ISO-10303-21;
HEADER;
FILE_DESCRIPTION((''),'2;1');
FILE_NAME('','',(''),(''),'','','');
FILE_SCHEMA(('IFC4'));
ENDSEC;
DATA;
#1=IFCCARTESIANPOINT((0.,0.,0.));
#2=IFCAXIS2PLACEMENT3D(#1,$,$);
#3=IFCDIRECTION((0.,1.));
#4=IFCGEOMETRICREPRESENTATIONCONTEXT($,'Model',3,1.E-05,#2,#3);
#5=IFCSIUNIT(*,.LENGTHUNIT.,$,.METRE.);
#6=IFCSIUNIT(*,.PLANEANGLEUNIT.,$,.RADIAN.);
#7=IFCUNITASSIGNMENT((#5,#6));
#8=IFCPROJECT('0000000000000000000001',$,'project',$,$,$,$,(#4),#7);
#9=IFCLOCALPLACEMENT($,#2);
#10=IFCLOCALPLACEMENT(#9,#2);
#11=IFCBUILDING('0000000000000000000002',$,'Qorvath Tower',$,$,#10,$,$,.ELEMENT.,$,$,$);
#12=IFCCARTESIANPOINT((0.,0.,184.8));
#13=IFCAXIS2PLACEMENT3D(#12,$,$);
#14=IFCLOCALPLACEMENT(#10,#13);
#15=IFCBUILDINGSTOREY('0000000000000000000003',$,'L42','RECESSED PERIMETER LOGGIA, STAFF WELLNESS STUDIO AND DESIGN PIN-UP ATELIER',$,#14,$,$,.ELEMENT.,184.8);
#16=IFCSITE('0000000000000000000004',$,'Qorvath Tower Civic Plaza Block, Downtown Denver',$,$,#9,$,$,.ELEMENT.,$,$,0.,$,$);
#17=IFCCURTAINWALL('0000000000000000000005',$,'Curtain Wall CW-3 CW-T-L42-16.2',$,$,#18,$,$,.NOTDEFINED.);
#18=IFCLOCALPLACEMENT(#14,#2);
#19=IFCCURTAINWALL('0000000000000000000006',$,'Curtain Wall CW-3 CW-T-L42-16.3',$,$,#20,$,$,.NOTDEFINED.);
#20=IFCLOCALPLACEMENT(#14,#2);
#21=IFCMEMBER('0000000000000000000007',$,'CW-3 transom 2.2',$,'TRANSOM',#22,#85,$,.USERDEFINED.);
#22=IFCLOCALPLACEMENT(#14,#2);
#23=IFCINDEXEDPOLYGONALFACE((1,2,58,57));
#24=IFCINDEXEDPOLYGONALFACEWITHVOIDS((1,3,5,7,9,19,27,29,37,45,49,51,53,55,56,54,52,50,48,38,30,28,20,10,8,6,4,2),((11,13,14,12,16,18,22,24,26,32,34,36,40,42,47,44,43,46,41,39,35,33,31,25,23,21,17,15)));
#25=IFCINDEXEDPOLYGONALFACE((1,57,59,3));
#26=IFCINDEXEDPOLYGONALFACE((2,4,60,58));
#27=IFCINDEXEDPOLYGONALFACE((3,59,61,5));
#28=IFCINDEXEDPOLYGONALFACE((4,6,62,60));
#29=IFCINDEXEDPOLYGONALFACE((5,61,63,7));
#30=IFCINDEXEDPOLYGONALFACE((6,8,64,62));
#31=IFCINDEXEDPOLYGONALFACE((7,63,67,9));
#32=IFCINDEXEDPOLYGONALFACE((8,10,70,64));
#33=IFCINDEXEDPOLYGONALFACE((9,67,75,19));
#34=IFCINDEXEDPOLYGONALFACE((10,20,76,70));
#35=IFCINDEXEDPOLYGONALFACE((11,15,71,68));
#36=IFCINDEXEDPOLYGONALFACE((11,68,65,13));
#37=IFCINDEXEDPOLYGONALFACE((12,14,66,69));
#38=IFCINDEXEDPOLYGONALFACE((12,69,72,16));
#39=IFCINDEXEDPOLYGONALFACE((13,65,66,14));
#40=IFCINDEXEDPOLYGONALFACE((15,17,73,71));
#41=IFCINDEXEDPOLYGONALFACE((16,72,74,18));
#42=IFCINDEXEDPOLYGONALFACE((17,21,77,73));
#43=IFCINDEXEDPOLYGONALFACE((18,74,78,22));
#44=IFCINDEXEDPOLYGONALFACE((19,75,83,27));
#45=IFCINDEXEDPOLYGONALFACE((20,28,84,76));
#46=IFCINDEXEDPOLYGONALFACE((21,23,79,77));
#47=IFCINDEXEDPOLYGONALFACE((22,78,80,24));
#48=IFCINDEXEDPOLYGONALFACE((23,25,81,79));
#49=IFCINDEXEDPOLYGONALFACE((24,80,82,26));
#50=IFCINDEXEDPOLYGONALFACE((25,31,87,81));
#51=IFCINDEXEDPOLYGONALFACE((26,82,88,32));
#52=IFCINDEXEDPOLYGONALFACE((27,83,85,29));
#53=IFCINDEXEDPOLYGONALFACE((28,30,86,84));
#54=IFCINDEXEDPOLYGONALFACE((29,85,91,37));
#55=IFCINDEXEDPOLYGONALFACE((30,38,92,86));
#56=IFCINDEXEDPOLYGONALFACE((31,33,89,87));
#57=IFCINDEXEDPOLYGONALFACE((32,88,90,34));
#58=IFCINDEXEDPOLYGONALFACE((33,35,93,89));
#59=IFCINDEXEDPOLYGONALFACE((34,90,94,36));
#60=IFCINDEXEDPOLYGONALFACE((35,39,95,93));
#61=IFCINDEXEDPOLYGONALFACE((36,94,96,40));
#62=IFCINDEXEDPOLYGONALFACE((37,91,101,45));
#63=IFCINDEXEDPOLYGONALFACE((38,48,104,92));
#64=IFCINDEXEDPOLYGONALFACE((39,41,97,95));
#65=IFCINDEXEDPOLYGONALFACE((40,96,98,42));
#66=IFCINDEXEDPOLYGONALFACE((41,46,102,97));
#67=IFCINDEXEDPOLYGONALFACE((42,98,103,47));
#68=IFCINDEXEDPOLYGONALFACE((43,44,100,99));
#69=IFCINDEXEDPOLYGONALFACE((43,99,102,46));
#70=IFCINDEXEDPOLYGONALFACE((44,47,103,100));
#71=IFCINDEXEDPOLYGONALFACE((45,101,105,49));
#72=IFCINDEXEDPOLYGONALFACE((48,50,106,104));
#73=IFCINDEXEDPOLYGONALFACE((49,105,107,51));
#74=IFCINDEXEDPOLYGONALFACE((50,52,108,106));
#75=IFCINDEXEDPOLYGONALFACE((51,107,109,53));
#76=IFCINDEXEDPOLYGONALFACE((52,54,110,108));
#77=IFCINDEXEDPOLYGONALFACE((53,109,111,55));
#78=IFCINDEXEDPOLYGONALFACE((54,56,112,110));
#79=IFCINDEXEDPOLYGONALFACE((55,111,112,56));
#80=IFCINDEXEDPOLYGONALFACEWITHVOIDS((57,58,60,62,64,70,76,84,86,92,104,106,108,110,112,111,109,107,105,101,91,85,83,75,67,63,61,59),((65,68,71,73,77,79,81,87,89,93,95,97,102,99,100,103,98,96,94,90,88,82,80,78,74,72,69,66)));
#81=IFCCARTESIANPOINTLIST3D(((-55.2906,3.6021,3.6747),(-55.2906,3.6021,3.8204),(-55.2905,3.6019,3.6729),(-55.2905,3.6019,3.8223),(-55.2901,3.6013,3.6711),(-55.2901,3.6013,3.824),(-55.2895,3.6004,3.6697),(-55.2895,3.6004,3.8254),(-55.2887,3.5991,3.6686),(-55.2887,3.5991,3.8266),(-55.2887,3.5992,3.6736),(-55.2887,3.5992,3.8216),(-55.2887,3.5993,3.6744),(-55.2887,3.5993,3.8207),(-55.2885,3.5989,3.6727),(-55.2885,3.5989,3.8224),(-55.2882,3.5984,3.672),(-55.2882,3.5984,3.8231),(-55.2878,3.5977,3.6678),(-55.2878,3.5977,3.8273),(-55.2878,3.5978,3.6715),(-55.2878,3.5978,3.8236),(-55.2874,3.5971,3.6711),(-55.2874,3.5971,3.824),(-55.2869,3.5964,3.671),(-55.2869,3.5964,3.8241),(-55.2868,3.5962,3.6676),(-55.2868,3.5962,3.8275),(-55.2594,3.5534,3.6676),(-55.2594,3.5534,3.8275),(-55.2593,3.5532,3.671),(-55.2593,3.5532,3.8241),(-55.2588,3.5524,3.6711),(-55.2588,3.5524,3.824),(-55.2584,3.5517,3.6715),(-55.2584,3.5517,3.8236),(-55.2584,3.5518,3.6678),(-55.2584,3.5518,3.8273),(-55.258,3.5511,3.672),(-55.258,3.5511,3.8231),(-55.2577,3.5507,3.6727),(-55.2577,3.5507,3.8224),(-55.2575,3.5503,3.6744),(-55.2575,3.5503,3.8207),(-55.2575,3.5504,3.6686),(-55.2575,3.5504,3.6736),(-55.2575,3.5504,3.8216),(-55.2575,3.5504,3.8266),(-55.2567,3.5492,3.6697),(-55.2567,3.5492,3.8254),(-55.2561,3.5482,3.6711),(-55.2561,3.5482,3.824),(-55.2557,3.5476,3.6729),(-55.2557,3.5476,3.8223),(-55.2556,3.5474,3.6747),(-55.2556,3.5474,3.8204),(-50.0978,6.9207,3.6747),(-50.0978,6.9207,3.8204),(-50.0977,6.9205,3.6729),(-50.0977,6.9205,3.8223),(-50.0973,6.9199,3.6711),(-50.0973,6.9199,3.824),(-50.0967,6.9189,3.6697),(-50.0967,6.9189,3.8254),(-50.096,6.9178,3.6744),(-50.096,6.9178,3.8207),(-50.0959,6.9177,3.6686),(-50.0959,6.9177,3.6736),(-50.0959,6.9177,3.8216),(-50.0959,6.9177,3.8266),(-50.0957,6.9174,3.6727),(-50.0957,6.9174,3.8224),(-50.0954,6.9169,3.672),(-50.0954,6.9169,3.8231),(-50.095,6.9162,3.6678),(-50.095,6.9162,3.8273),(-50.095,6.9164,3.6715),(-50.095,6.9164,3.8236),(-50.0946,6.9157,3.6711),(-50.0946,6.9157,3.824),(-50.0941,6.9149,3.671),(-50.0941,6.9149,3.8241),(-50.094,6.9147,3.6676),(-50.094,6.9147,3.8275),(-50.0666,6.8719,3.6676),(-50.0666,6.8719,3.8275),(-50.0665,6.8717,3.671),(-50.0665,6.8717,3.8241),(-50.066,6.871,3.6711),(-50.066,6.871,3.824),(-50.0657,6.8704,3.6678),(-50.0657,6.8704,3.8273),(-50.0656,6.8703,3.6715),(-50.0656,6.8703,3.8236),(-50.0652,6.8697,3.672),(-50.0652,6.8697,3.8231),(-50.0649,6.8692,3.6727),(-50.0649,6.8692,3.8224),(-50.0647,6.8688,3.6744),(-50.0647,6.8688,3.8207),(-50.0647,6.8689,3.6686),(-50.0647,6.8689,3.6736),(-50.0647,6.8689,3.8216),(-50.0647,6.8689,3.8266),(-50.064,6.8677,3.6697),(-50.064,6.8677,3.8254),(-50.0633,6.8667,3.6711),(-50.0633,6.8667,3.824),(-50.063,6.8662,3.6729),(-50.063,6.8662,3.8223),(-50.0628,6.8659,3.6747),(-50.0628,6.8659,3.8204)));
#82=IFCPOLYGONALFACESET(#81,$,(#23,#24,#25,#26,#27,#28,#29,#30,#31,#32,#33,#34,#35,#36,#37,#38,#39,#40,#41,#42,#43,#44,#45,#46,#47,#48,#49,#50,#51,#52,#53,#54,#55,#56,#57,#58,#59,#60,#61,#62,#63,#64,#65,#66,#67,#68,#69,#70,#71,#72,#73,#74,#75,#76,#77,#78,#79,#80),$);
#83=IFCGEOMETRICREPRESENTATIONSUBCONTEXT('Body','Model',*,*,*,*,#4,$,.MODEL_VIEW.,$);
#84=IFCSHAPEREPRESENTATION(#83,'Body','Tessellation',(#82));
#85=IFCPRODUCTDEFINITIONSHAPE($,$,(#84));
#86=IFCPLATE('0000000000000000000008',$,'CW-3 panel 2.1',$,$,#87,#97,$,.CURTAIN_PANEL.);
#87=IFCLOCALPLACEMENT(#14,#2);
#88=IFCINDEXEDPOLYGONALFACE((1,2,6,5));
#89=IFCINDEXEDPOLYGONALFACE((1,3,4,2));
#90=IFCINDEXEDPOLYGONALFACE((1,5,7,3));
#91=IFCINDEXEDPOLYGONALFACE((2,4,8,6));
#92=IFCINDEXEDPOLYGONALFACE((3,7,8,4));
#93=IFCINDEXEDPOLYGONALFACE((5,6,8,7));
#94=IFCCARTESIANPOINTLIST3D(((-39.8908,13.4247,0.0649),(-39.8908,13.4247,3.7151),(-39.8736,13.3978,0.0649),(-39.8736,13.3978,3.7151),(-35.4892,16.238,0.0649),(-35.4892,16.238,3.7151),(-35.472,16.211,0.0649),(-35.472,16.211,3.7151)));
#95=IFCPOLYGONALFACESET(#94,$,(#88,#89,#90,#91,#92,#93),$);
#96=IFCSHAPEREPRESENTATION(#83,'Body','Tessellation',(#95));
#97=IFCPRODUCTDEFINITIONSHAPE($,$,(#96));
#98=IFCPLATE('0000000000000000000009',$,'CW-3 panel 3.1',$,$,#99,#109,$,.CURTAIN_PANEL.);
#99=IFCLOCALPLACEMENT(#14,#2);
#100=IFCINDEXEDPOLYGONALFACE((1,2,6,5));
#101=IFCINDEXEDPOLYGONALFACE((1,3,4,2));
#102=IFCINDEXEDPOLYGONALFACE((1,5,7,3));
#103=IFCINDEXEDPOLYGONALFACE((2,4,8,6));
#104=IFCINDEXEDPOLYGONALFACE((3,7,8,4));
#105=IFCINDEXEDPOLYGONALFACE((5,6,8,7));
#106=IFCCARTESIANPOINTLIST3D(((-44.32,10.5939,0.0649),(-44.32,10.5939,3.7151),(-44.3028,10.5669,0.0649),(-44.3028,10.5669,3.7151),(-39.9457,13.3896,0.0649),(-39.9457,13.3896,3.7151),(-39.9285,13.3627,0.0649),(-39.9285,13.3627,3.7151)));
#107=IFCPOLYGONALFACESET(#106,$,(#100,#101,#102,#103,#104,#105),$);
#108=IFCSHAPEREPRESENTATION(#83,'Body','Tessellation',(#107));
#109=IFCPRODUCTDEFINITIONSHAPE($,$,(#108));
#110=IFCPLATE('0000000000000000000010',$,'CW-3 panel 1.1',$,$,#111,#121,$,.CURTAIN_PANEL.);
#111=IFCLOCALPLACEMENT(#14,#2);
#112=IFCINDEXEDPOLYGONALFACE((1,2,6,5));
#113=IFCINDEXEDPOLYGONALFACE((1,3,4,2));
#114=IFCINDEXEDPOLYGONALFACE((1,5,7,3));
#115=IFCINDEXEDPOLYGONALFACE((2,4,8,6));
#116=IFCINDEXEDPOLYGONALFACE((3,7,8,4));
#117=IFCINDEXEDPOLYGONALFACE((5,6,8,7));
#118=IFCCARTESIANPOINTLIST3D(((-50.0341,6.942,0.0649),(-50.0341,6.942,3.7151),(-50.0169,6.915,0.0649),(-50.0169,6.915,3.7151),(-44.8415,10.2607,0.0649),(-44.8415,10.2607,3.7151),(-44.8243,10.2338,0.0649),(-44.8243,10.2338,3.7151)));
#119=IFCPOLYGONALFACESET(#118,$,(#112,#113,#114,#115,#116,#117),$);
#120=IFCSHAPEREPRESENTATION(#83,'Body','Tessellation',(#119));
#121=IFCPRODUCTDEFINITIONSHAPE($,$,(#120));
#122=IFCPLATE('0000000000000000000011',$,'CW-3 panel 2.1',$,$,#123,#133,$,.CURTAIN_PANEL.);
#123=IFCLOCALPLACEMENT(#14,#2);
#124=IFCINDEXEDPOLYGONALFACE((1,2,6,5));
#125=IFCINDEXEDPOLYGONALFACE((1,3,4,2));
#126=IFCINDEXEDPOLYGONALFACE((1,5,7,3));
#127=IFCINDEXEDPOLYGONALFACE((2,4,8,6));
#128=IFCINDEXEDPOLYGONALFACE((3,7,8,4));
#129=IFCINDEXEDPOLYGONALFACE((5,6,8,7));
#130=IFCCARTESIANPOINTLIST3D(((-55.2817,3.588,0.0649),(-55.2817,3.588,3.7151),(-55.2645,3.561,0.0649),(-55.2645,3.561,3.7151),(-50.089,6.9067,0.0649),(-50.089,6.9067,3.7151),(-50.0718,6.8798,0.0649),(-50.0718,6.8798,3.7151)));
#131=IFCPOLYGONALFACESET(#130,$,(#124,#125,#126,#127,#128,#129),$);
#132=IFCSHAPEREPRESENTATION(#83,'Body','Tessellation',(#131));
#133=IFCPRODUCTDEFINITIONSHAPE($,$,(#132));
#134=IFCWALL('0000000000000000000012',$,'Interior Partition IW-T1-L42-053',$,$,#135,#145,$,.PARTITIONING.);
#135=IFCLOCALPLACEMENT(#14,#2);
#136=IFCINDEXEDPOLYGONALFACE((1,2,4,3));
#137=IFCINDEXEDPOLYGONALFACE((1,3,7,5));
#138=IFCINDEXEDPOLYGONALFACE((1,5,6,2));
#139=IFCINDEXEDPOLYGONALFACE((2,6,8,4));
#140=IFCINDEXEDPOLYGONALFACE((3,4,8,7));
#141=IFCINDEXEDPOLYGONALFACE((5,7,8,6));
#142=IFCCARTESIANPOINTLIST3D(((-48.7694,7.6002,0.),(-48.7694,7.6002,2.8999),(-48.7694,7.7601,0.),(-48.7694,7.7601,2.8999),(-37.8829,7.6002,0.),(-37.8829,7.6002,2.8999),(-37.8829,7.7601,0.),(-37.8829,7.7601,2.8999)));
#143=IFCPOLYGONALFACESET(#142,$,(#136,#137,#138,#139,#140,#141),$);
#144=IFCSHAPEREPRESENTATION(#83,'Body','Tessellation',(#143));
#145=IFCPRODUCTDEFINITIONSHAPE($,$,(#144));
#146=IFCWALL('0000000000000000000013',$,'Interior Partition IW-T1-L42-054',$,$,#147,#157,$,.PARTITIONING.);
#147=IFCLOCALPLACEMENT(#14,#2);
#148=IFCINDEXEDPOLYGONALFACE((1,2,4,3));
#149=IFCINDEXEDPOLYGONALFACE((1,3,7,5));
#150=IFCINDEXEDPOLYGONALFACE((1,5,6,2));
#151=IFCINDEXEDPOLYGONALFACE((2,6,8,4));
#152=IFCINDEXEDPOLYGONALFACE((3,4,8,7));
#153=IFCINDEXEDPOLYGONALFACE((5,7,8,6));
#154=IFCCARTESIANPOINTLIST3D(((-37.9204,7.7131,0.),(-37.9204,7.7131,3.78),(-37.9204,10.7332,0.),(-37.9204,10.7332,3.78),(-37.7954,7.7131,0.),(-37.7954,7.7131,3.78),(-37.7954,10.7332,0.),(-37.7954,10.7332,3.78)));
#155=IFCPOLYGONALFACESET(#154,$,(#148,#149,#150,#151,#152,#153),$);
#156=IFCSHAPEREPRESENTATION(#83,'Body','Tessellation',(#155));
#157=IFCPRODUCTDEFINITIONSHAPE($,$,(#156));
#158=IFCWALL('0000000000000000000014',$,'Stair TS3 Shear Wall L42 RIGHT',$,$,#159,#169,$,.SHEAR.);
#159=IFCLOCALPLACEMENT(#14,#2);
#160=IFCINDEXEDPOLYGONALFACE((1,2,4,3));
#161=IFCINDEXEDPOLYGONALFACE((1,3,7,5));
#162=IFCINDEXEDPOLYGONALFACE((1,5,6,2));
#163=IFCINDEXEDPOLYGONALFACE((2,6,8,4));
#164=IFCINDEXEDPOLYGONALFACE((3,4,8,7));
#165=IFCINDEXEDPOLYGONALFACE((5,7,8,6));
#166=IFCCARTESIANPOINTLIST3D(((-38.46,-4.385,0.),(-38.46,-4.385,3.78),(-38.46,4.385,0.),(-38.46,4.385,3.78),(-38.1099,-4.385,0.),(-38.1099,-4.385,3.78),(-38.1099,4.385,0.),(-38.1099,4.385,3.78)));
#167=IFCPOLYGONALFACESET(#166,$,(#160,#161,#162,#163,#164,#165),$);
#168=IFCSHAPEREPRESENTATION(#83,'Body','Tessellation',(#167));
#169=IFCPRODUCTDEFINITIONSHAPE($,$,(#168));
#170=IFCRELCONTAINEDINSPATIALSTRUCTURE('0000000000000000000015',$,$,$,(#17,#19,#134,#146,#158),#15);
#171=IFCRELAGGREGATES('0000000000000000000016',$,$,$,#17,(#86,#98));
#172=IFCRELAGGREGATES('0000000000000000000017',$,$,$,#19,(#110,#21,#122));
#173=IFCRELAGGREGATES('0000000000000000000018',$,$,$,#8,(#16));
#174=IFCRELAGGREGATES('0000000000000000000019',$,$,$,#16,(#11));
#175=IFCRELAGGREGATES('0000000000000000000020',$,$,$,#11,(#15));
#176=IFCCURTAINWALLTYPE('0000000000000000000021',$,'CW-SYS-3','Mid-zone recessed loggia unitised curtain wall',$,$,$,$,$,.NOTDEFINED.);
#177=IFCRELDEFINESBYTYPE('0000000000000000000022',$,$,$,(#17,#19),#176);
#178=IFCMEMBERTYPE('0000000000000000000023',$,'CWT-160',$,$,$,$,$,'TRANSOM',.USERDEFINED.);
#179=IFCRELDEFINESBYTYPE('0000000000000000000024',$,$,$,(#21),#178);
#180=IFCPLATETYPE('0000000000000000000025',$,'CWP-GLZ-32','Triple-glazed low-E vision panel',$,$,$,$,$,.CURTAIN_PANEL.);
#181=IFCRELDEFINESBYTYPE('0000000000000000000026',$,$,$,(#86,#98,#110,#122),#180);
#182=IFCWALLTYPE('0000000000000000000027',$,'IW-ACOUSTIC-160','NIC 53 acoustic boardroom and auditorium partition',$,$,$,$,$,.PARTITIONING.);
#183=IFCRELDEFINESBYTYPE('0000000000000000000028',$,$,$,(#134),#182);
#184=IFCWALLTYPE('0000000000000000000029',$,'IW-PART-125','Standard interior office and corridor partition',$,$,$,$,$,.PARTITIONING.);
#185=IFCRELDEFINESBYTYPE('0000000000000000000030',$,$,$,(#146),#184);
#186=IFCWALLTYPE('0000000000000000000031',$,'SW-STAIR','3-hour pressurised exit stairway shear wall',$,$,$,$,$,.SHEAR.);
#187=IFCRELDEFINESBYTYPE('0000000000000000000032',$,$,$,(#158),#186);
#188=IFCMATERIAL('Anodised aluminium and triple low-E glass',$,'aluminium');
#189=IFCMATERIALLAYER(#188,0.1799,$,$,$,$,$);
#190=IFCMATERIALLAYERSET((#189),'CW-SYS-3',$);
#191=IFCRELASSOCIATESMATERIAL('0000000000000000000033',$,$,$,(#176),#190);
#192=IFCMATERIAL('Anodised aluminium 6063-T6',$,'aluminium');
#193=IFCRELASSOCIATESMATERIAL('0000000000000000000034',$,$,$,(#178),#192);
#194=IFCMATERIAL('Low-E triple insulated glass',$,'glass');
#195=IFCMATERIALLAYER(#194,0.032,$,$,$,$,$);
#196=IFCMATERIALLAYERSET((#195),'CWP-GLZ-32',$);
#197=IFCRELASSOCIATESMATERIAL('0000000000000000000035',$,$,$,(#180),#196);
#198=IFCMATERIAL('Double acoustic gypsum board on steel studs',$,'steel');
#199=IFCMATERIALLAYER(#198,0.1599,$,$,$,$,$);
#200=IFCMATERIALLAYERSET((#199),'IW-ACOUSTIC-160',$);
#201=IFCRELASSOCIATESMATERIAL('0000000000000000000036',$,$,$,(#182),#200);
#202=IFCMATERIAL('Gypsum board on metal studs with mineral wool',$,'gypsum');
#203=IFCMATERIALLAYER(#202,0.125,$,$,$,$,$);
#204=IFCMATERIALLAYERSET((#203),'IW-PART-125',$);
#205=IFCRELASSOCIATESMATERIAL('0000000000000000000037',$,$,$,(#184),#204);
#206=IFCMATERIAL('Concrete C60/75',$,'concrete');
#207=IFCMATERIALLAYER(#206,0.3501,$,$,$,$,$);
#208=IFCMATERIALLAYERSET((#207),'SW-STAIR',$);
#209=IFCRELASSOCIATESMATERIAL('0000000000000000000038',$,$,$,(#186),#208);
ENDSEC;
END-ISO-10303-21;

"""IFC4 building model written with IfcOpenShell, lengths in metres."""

from ifc_helpers import new_model, si_unit, direction, frame, frame_2d, origin, origin_2d, place, context, subcontext, project, spatial, rectangle, hollow_rectangle, extrude, material, layer, layer_set, material_profile, profile_set, type_object, element, aggregate, save


model = new_model("IFC4")

# Units and contexts
model_context = context("Model", 3, precision=1e-05, world=origin(), true_north=direction((0.0, 1.0)))
body_context = subcontext(model_context, "Body", "Model", "MODEL_VIEW")
ifc_project = project(units=[si_unit("LENGTHUNIT", "METRE"), si_unit("PLANEANGLEUNIT", "RADIAN")], contexts=[model_context])

# Site, building, storey
site_placement = place(None, origin())
site = spatial("IfcSite", under=ifc_project, at=site_placement, Name="Qorvath Tower Civic Plaza Block, Downtown Denver", CompositionType="ELEMENT", RefElevation=0.0)
building_placement = place(site_placement, origin())
building = spatial("IfcBuilding", under=site, at=building_placement, Name="Qorvath Tower", CompositionType="ELEMENT")
storey_placement = place(building_placement, frame((0.0, 0.0, 184.8)))
storey = spatial("IfcBuildingStorey", under=building, at=storey_placement, Name="L42", Description="RECESSED PERIMETER LOGGIA, STAFF WELLNESS STUDIO AND DESIGN PIN-UP ATELIER", CompositionType="ELEMENT", Elevation=184.8)

# Curtain walls
ifc_material_1 = material(Name="Anodised aluminium and triple low-E glass", Category="aluminium")
ifc_layer_1 = layer(ifc_material_1, 0.1799)
ifc_layer_set_1 = layer_set([ifc_layer_1], Name="CW-SYS-3")
curtain_wall_type = type_object("IfcCurtainWallType", Name="CW-SYS-3", Description="Mid-zone recessed loggia unitised curtain wall", PredefinedType="NOTDEFINED", material=ifc_layer_set_1)
curtain_wall_1_placement = place(storey_placement, origin())
curtain_wall_1 = element("IfcCurtainWall", 1, at=curtain_wall_1_placement, inside=storey, type_object=curtain_wall_type, Name="Curtain Wall CW-3 CW-T-L42-16.2", PredefinedType="NOTDEFINED")
curtain_wall_2_placement = place(storey_placement, origin())
curtain_wall_2 = element("IfcCurtainWall", 2, at=curtain_wall_2_placement, inside=storey, type_object=curtain_wall_type, Name="Curtain Wall CW-3 CW-T-L42-16.3", PredefinedType="NOTDEFINED")

# Member
ifc_material_2 = material(Name="Anodised aluminium 6063-T6", Category="aluminium")
ifc_material_profile_1 = material_profile(ifc_material_2, hollow_rectangle(XDim=0.0649, YDim=0.1599, WallThickness=0.0034, InnerFilletRadius=0.0034, OuterFilletRadius=0.0071, at=origin_2d()), Name="CWT 160x65")
ifc_profile_set_1 = profile_set([ifc_material_profile_1], Name="Anodised aluminium 6063-T6")
member_type_1 = type_object("IfcMemberType", Name="CWT-160", ElementType="TRANSOM", PredefinedType="USERDEFINED", material=ifc_profile_set_1)
member_1_placement = place(storey_placement, frame((-50.0803, 6.8933, 3.7476), z_axis=(-0.842627, -0.538497, 0.0), x_axis=(0.538497, -0.842627, 0.0)))
member_1 = element("IfcMember", 3, at=member_1_placement, type_object=member_type_1, Name="CW-3 transom 2.2", ObjectType="TRANSOM", PredefinedType="USERDEFINED", context=body_context, shape_type="SweptSolid", body=[
    extrude(hollow_rectangle(XDim=0.0649, YDim=0.1599, WallThickness=0.0034, InnerFilletRadius=0.0034, OuterFilletRadius=0.0071, at=origin_2d()), origin(), (0.0, 0.0, 1.0), 6.1626),
])

# Plates
ifc_material_3 = material(Name="Low-E triple insulated glass", Category="glass")
ifc_layer_2 = layer(ifc_material_3, 0.032)
ifc_layer_set_2 = layer_set([ifc_layer_2], Name="CWP-GLZ-32")
plate_type = type_object("IfcPlateType", Name="CWP-GLZ-32", Description="Triple-glazed low-E vision panel", PredefinedType="CURTAIN_PANEL", material=ifc_layer_set_2)
plate_1_placement = place(storey_placement, frame((-37.6814, 14.8179, 0.0649), z_axis=(0.0, 0.0, 1.0), x_axis=(-0.842604, -0.538533, 0.0)))
plate_1 = element("IfcPlate", 4, at=plate_1_placement, type_object=plate_type, Name="CW-3 panel 2.1", PredefinedType="CURTAIN_PANEL", context=body_context, shape_type="SweptSolid", body=[
    extrude(rectangle(XDim=5.2239, YDim=0.032, at=origin_2d()), origin(), (0.0, 0.0, 1.0), 3.6501),
])
plate_2_placement = place(storey_placement, frame((-42.1243, 11.9783, 0.0649), z_axis=(0.0, 0.0, 1.0), x_axis=(-0.842604, -0.538533, 0.0)))
plate_2 = element("IfcPlate", 5, at=plate_2_placement, type_object=plate_type, Name="CW-3 panel 3.1", PredefinedType="CURTAIN_PANEL", context=body_context, shape_type="SweptSolid", body=[
    extrude(rectangle(XDim=5.1914, YDim=0.032, at=origin_2d()), origin(), (0.0, 0.0, 1.0), 3.6501),
])
aggregate(curtain_wall_1, [plate_1, plate_2])
plate_3_placement = place(storey_placement, frame((-47.4292, 8.5879, 0.0649), z_axis=(0.0, 0.0, 1.0), x_axis=(-0.842607, -0.538528, 0.0)))
plate_3 = element("IfcPlate", 6, at=plate_3_placement, type_object=plate_type, Name="CW-3 panel 1.1", PredefinedType="CURTAIN_PANEL", context=body_context, shape_type="SweptSolid", body=[
    extrude(rectangle(XDim=6.1626, YDim=0.032, at=origin_2d()), origin(), (0.0, 0.0, 1.0), 3.6501),
])
plate_4_placement = place(storey_placement, frame((-52.6768, 5.2339, 0.0649), z_axis=(0.0, 0.0, 1.0), x_axis=(-0.842607, -0.538528, 0.0)))
plate_4 = element("IfcPlate", 7, at=plate_4_placement, type_object=plate_type, Name="CW-3 panel 2.1", PredefinedType="CURTAIN_PANEL", context=body_context, shape_type="SweptSolid", body=[
    extrude(rectangle(XDim=6.1626, YDim=0.032, at=origin_2d()), origin(), (0.0, 0.0, 1.0), 3.6501),
])
aggregate(curtain_wall_2, [plate_3, member_1, plate_4])

# Shared definitions
ifc_material_4 = material(Name="Double acoustic gypsum board on steel studs", Category="steel")
ifc_layer_3 = layer(ifc_material_4, 0.1599)
ifc_layer_set_3 = layer_set([ifc_layer_3], Name="IW-ACOUSTIC-160")
wall_type_1 = type_object("IfcWallType", Name="IW-ACOUSTIC-160", Description="NIC 53 acoustic boardroom and auditorium partition", PredefinedType="PARTITIONING", material=ifc_layer_set_3)

# Walls
wall_1_placement = place(storey_placement, frame((-37.8828, 7.6802, 0.0), z_axis=(0.0, 0.0, 1.0), x_axis=(-1.0, 0.0, 0.0)))
element("IfcWall", 8, at=wall_1_placement, inside=storey, type_object=wall_type_1, Name="Interior Partition IW-T1-L42-053", PredefinedType="PARTITIONING", context=body_context, shape_type="SweptSolid", body=[
    extrude(rectangle(XDim=10.8865, YDim=0.1599, at=frame_2d((5.4434, 0.0))), origin(), (0.0, 0.0, 1.0), 2.8999),
])
ifc_material_5 = material(Name="Gypsum board on metal studs with mineral wool", Category="gypsum")
ifc_layer_4 = layer(ifc_material_5, 0.125)
ifc_layer_set_4 = layer_set([ifc_layer_4], Name="IW-PART-125")
wall_type_2 = type_object("IfcWallType", Name="IW-PART-125", Description="Standard interior office and corridor partition", PredefinedType="PARTITIONING", material=ifc_layer_set_4)
wall_2_placement = place(storey_placement, frame((-37.8579, 7.7131, 0.0), z_axis=(0.0, 0.0, 1.0), x_axis=(0.0, 1.0, 0.0)))
element("IfcWall", 9, at=wall_2_placement, inside=storey, type_object=wall_type_2, Name="Interior Partition IW-T1-L42-054", PredefinedType="PARTITIONING", context=body_context, shape_type="SweptSolid", body=[
    extrude(rectangle(XDim=3.02, YDim=0.125, at=frame_2d((1.51, 0.0))), origin(), (0.0, 0.0, 1.0), 3.78),
])

# Wall
ifc_material_6 = material(Name="Concrete C60/75", Category="concrete")
ifc_layer_5 = layer(ifc_material_6, 0.3501)
ifc_layer_set_5 = layer_set([ifc_layer_5], Name="SW-STAIR")
wall_type_3 = type_object("IfcWallType", Name="SW-STAIR", Description="3-hour pressurised exit stairway shear wall", PredefinedType="SHEAR", material=ifc_layer_set_5)
wall_3_placement = place(storey_placement, frame((-38.2849, 4.385, 0.0), z_axis=(0.0, 0.0, 1.0), x_axis=(0.0, -1.0, 0.0)))
element("IfcWall", 10, at=wall_3_placement, inside=storey, type_object=wall_type_3, Name="Stair TS3 Shear Wall L42 RIGHT", PredefinedType="SHEAR", context=body_context, shape_type="SweptSolid", body=[
    extrude(rectangle(XDim=8.77, YDim=0.3501, at=frame_2d((4.385, 0.0))), origin(), (0.0, 0.0, 1.0), 3.78),
])

save(model, "model.ifc")
